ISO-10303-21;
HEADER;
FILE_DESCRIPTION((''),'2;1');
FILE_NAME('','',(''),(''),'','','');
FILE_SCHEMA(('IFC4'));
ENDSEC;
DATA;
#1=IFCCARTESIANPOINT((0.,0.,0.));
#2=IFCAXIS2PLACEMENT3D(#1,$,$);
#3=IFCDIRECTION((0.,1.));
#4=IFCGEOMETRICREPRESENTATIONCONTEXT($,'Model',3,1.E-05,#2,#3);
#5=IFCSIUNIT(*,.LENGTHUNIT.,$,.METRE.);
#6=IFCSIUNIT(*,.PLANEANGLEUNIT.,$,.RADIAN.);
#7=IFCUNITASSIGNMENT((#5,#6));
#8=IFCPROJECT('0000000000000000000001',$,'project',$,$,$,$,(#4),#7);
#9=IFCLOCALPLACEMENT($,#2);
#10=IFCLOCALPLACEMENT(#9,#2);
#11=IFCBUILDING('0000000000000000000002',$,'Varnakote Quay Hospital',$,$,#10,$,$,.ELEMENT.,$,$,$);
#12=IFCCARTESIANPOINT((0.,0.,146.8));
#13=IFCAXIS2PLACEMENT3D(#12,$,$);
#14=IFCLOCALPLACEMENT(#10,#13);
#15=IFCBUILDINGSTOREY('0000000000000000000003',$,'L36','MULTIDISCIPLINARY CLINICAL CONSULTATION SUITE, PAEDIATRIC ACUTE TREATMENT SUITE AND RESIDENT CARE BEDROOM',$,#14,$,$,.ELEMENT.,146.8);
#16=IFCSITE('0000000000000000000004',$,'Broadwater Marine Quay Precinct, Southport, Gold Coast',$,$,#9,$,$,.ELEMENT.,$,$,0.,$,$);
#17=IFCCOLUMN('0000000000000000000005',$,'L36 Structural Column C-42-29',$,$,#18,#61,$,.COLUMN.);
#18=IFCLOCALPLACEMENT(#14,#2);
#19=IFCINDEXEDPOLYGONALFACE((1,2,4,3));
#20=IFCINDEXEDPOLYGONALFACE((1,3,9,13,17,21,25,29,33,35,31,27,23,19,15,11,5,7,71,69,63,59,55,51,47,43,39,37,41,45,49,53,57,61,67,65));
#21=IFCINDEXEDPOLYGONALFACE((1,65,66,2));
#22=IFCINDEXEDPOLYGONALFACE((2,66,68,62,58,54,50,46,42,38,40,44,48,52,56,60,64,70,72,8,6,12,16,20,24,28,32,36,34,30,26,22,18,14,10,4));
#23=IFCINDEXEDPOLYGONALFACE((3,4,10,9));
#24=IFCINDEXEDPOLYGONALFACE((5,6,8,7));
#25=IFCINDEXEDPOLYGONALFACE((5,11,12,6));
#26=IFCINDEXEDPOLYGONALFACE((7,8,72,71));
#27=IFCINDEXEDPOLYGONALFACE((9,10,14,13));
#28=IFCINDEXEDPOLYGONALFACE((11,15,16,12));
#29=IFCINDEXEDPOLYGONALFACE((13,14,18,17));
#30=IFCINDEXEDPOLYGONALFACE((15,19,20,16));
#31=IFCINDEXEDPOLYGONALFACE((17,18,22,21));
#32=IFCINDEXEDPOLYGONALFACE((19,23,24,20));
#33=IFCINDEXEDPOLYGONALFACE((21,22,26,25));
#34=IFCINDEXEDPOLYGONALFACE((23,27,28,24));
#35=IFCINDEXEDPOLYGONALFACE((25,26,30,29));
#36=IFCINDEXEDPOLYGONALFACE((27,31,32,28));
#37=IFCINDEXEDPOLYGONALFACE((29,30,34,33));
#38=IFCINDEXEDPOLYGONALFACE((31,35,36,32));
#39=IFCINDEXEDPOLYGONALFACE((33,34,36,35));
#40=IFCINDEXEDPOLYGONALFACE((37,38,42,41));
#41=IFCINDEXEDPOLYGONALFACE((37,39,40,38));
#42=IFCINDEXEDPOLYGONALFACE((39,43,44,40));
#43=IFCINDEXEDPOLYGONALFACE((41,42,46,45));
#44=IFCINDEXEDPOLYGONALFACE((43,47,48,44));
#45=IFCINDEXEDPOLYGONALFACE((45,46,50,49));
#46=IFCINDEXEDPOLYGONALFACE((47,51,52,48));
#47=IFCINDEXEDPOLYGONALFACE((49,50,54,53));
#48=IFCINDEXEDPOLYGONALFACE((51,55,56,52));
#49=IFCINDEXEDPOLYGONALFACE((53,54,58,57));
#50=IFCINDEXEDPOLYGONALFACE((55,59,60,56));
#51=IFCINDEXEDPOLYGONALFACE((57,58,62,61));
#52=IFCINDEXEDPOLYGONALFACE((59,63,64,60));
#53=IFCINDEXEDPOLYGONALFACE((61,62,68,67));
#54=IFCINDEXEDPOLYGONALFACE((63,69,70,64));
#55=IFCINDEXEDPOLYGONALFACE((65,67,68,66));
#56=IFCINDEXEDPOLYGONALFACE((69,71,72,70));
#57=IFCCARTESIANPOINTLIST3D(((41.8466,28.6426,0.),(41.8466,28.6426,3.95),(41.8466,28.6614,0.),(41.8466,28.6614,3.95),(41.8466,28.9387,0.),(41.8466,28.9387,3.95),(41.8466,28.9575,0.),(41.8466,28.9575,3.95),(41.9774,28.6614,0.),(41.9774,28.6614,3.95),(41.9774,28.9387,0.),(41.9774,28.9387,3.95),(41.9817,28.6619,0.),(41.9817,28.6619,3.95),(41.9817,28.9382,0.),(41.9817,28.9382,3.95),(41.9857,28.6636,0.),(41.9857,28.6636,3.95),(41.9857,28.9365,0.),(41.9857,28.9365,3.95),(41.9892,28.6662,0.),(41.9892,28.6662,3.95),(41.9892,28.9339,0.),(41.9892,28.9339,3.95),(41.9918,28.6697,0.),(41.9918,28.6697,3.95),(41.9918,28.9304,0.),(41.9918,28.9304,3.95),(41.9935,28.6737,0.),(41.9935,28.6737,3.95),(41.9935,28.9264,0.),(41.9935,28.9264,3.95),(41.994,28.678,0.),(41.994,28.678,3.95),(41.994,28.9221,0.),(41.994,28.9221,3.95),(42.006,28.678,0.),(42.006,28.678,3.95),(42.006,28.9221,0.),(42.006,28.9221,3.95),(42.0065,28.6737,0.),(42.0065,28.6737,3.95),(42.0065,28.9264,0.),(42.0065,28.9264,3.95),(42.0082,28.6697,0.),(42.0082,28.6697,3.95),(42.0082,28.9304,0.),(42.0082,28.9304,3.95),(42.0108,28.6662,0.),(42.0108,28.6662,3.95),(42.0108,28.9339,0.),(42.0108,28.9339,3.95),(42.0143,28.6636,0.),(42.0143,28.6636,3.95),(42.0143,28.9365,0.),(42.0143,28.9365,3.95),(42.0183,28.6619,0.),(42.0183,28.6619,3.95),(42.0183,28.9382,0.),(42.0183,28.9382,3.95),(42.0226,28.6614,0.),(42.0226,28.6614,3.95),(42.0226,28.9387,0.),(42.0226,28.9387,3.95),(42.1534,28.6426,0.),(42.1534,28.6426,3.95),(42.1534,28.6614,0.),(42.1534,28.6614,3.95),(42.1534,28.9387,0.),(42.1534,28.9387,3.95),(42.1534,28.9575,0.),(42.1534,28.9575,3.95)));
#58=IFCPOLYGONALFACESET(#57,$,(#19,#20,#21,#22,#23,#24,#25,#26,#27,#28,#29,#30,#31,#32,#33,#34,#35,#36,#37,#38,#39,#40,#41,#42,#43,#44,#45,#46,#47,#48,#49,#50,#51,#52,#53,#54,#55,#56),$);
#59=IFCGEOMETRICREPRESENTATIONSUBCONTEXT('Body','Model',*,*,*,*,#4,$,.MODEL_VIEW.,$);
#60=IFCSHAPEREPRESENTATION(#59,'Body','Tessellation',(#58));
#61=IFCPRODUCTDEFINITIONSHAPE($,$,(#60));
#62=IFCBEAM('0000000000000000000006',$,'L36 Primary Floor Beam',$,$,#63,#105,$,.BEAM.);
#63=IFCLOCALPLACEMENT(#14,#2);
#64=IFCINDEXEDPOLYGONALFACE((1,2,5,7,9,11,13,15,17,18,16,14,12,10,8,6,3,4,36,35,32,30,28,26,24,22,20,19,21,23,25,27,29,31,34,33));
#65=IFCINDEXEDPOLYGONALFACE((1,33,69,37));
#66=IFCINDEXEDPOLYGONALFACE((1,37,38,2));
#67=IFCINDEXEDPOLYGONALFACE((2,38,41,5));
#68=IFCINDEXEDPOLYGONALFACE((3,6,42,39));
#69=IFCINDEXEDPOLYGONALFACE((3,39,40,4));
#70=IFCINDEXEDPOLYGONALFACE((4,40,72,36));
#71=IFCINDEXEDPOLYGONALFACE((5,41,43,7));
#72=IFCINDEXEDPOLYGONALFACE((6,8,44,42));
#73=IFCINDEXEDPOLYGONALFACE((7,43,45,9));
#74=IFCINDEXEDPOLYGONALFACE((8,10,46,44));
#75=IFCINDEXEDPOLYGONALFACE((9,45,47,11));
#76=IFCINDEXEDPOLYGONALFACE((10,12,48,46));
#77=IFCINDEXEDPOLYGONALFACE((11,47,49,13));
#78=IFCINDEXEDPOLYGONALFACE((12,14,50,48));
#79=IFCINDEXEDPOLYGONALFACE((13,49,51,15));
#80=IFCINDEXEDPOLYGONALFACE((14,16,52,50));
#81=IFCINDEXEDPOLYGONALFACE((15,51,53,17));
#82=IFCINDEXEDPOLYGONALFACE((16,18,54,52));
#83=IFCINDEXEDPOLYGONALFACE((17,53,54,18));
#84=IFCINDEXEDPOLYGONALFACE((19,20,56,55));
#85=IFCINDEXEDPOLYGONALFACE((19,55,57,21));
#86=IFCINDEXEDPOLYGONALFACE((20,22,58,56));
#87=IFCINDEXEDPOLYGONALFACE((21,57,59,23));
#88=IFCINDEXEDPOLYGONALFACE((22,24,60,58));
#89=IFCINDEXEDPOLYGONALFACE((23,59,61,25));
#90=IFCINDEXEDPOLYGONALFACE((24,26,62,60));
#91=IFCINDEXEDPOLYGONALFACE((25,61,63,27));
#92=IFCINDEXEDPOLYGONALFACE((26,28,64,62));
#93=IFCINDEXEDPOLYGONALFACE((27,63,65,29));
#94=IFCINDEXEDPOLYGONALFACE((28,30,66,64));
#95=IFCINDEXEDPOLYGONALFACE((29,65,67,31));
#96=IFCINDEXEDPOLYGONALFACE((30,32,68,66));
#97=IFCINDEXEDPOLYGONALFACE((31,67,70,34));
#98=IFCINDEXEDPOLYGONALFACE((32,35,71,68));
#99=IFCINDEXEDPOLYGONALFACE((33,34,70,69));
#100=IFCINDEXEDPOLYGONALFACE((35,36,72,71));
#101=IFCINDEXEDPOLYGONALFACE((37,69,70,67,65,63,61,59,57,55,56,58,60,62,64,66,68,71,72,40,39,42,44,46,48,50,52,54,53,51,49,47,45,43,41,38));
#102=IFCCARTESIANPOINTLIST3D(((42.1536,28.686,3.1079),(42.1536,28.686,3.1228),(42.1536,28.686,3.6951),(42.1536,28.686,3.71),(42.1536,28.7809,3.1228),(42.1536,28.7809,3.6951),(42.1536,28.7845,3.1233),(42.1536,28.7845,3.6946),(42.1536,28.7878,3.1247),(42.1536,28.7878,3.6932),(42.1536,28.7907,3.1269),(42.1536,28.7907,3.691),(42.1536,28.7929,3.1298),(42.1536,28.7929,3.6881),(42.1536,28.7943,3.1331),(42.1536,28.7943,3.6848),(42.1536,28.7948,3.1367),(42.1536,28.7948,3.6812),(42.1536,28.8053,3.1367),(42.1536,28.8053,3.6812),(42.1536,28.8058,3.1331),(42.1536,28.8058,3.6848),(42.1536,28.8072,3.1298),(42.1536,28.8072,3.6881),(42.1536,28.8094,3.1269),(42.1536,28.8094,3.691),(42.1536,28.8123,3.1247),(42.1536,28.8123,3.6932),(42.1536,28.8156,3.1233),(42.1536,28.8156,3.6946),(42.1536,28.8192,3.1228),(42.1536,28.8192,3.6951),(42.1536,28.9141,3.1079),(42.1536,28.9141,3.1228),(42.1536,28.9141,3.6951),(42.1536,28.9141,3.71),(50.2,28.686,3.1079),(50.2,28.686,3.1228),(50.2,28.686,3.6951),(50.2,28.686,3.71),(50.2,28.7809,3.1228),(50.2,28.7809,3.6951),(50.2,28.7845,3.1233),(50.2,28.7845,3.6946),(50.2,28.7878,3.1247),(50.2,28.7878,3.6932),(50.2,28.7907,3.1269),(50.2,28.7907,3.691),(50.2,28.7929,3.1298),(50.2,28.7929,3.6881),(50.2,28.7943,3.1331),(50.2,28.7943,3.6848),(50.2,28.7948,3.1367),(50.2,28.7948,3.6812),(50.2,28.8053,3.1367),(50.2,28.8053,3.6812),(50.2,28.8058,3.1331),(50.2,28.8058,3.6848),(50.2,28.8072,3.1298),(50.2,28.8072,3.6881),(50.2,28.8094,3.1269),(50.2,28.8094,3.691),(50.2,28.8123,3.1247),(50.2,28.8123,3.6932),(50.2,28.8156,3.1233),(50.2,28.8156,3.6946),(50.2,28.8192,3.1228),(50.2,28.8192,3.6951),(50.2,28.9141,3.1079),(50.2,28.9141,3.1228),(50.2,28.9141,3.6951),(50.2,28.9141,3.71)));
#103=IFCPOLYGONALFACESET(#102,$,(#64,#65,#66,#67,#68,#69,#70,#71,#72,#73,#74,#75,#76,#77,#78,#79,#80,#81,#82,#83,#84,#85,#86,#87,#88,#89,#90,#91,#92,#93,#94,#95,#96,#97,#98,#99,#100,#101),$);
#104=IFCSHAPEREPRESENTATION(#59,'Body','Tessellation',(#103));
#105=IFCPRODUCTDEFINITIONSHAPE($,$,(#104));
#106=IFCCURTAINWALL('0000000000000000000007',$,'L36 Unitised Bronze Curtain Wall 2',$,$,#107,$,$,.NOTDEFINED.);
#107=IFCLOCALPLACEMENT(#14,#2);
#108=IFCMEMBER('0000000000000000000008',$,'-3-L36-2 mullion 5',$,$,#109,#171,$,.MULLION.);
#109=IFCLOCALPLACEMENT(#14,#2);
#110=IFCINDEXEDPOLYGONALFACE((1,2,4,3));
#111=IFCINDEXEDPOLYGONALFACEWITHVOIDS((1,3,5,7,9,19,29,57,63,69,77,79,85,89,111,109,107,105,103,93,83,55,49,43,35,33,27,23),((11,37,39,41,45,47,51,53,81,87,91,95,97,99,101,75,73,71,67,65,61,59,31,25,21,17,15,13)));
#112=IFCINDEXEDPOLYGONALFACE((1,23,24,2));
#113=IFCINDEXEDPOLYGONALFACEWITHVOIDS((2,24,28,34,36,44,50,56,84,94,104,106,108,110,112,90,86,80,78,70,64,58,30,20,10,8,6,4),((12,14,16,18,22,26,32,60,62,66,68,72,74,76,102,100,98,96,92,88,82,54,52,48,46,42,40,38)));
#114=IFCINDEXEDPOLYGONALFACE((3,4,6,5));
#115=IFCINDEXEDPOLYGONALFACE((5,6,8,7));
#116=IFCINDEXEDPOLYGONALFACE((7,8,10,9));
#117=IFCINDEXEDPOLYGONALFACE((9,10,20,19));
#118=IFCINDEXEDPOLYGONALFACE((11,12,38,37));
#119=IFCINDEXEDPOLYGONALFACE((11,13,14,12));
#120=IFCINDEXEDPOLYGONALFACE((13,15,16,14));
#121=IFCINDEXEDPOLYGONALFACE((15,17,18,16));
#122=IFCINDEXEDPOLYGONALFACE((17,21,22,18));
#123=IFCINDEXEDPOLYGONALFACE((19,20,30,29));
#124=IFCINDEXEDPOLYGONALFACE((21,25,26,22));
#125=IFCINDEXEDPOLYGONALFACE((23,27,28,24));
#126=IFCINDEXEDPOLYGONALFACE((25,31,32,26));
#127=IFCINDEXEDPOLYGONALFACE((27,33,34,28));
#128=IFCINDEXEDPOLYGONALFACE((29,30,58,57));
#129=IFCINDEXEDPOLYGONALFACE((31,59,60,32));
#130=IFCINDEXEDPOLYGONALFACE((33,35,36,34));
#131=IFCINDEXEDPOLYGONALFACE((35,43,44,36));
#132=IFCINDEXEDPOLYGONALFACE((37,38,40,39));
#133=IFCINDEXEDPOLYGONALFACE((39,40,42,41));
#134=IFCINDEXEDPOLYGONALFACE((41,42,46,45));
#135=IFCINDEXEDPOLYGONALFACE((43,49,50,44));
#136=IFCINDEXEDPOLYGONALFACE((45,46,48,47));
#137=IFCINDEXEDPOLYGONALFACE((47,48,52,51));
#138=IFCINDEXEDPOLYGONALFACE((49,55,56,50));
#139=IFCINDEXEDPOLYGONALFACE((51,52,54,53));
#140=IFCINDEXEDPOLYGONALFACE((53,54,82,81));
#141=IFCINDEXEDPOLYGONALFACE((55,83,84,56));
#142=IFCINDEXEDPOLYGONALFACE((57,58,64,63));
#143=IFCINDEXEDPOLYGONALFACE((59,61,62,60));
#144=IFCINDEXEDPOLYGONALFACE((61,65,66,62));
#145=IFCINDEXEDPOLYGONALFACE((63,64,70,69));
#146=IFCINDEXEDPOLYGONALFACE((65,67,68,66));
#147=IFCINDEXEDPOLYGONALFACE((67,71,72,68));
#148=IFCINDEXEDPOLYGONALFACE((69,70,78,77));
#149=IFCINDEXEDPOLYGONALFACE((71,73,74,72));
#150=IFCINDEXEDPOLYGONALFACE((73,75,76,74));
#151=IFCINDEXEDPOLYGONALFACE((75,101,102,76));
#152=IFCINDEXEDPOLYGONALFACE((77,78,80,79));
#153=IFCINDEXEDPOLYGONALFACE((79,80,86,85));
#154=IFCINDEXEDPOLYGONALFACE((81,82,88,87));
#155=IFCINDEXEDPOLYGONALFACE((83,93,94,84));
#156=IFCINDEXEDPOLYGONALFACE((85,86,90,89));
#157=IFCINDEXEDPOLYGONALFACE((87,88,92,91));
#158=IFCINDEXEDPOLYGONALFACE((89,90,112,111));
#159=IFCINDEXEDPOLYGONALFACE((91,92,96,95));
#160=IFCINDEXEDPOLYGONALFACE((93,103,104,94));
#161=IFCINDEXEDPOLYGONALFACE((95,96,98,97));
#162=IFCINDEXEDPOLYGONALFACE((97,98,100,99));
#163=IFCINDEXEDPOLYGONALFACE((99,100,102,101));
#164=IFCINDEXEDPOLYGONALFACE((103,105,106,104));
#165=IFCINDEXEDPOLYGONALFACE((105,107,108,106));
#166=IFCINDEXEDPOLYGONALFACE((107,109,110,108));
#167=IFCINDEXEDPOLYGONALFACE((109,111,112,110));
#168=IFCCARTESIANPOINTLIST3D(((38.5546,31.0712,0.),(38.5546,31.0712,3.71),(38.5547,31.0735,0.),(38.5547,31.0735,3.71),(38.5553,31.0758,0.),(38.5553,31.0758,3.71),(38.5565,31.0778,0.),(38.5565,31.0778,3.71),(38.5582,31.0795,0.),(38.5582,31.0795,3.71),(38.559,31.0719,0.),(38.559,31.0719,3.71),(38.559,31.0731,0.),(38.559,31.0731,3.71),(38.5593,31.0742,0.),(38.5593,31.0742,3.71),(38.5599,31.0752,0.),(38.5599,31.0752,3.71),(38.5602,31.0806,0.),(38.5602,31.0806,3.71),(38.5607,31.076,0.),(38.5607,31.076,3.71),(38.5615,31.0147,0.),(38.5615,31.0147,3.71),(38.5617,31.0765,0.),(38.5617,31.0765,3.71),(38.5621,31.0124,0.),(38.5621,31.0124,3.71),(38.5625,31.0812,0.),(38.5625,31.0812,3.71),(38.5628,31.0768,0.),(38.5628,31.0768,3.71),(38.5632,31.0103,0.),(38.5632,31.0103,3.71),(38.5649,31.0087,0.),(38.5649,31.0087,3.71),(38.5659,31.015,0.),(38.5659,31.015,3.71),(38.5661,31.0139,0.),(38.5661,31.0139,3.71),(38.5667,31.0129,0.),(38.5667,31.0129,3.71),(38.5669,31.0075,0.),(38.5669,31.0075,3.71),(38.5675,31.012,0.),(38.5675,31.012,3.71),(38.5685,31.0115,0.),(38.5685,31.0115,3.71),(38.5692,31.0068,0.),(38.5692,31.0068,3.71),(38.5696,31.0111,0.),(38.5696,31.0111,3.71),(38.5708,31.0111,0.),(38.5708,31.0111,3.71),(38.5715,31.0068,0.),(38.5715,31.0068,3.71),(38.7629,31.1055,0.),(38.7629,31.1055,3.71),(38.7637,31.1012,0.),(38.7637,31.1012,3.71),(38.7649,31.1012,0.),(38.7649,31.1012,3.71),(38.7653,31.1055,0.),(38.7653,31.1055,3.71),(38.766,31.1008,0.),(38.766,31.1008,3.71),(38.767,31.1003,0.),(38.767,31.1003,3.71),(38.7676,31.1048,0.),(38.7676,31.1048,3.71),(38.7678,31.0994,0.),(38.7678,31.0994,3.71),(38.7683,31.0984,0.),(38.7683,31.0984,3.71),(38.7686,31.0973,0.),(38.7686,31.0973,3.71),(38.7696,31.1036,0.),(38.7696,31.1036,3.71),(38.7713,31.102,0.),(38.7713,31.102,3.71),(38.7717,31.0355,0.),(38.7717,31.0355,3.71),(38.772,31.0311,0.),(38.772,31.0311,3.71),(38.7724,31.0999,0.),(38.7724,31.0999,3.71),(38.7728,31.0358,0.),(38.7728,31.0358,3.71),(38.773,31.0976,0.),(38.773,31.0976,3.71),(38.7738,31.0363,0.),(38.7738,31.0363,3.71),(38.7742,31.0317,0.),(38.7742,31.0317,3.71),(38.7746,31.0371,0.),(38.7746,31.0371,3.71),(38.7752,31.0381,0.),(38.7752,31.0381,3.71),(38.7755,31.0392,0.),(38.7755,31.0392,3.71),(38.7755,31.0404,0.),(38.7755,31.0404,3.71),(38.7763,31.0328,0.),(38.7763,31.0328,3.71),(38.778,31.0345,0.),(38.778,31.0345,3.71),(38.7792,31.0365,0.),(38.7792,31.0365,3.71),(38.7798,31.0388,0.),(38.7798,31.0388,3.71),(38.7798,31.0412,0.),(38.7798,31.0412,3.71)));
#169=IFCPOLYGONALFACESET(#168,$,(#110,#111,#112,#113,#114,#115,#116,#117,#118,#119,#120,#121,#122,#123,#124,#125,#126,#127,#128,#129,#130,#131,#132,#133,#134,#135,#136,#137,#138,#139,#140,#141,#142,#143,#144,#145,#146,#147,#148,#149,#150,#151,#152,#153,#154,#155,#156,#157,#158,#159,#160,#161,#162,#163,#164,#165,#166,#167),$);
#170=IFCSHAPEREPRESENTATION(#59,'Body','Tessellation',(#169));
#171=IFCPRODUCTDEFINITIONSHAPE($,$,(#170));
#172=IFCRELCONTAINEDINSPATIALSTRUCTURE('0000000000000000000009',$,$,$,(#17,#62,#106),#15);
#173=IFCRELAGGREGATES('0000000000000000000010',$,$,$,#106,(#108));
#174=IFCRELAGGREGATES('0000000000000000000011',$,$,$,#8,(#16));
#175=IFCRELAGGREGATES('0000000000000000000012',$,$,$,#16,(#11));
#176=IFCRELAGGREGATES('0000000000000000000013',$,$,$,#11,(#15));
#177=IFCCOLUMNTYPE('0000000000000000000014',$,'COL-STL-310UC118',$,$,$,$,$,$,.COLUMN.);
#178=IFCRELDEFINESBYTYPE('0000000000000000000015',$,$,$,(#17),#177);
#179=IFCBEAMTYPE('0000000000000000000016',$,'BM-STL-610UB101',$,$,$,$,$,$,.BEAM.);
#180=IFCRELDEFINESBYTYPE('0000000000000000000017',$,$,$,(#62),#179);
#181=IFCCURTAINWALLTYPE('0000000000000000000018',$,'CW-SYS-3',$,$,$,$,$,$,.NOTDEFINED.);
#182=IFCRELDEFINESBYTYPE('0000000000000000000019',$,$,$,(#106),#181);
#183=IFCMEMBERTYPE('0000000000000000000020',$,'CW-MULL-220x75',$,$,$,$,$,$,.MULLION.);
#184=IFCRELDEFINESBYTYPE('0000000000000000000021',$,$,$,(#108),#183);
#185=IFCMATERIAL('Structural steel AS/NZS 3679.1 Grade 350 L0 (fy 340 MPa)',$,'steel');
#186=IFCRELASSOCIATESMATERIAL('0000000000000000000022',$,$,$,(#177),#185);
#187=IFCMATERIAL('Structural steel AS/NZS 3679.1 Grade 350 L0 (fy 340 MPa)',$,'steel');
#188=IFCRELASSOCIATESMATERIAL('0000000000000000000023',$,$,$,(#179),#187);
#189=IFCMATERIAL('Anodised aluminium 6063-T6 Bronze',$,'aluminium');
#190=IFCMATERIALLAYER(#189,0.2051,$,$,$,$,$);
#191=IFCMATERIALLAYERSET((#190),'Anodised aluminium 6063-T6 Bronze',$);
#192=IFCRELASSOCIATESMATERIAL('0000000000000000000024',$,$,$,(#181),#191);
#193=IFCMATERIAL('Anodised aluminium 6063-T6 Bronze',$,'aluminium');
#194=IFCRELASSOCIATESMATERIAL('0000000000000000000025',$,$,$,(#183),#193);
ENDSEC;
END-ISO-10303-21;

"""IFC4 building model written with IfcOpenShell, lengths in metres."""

from ifc_helpers import new_model, si_unit, direction, frame, origin, origin_2d, place, context, subcontext, project, spatial, hollow_rectangle, i_section, extrude, material, layer, layer_set, material_profile, profile_set, type_object, element, aggregate, save


model = new_model("IFC4")

# Units and contexts
model_context = context("Model", 3, precision=1e-05, world=origin(), true_north=direction((0.0, 1.0)))
body_context = subcontext(model_context, "Body", "Model", "MODEL_VIEW")
ifc_project = project(units=[si_unit("LENGTHUNIT", "METRE"), si_unit("PLANEANGLEUNIT", "RADIAN")], contexts=[model_context])

# Site, building, storey
site_placement = place(None, origin())
site = spatial("IfcSite", under=ifc_project, at=site_placement, Name="Broadwater Marine Quay Precinct, Southport, Gold Coast", CompositionType="ELEMENT", RefElevation=0.0)
building_placement = place(site_placement, origin())
building = spatial("IfcBuilding", under=site, at=building_placement, Name="Varnakote Quay Hospital", CompositionType="ELEMENT")
storey_placement = place(building_placement, frame((0.0, 0.0, 146.8)))
storey = spatial("IfcBuildingStorey", under=building, at=storey_placement, Name="L36", Description="MULTIDISCIPLINARY CLINICAL CONSULTATION SUITE, PAEDIATRIC ACUTE TREATMENT SUITE AND RESIDENT CARE BEDROOM", CompositionType="ELEMENT", Elevation=146.8)

# Column
ifc_material_1 = material(Name="Structural steel AS/NZS 3679.1 Grade 350 L0 (fy 340 MPa)", Category="steel")
ifc_material_profile_1 = material_profile(ifc_material_1, i_section(OverallWidth=0.3069, OverallDepth=0.3149, WebThickness=0.012, FlangeThickness=0.0188, FilletRadius=0.0166, at=origin_2d()), Name="310UC118")
ifc_profile_set_1 = profile_set([ifc_material_profile_1], Name="Structural steel AS/NZS 3679.1 Grade 350 L0 (fy 340 MPa)")
column_type = type_object("IfcColumnType", Name="COL-STL-310UC118", PredefinedType="COLUMN", material=ifc_profile_set_1)
column_placement = place(storey_placement, frame((42.0, 28.8, 0.0), z_axis=(0.0, 0.0, 1.0), x_axis=(1.0, 0.0, 0.0)))
element("IfcColumn", 1, at=column_placement, inside=storey, type_object=column_type, Name="L36 Structural Column C-42-29", PredefinedType="COLUMN", context=body_context, shape_type="SweptSolid", body=[
    extrude(i_section(OverallWidth=0.3069, OverallDepth=0.3149, WebThickness=0.012, FlangeThickness=0.0188, FilletRadius=0.0166, at=origin_2d()), origin(), (0.0, 0.0, 1.0), 3.95),
])

# Beam
ifc_material_2 = material(Name="Structural steel AS/NZS 3679.1 Grade 350 L0 (fy 340 MPa)", Category="steel")
ifc_material_profile_2 = material_profile(ifc_material_2, i_section(OverallWidth=0.228, OverallDepth=0.6021, WebThickness=0.0105, FlangeThickness=0.0149, FilletRadius=0.0139, at=origin_2d()), Name="610UB101")
ifc_profile_set_2 = profile_set([ifc_material_profile_2], Name="Structural steel AS/NZS 3679.1 Grade 350 L0 (fy 340 MPa)")
beam_type_1 = type_object("IfcBeamType", Name="BM-STL-610UB101", PredefinedType="BEAM", material=ifc_profile_set_2)
beam_1_placement = place(storey_placement, frame((42.1536, 28.8, 3.4089), z_axis=(1.0, 0.0, 0.0), x_axis=(0.0, 1.0, 0.0)))
element("IfcBeam", 2, at=beam_1_placement, inside=storey, type_object=beam_type_1, Name="L36 Primary Floor Beam", PredefinedType="BEAM", context=body_context, shape_type="SweptSolid", body=[
    extrude(i_section(OverallWidth=0.228, OverallDepth=0.6021, WebThickness=0.0105, FlangeThickness=0.0149, FilletRadius=0.0139, at=origin_2d()), origin(), (0.0, 0.0, 1.0), 8.0464),
])

# Curtain wall, member
ifc_material_3 = material(Name="Anodised aluminium 6063-T6 Bronze", Category="aluminium")
ifc_layer_1 = layer(ifc_material_3, 0.2051)
ifc_layer_set_1 = layer_set([ifc_layer_1], Name="Anodised aluminium 6063-T6 Bronze")
curtain_wall_type = type_object("IfcCurtainWallType", Name="CW-SYS-3", PredefinedType="NOTDEFINED", material=ifc_layer_set_1)
curtain_wall_placement = place(storey_placement, origin())
curtain_wall = element("IfcCurtainWall", 3, at=curtain_wall_placement, inside=storey, type_object=curtain_wall_type, Name="L36 Unitised Bronze Curtain Wall 2", PredefinedType="NOTDEFINED")
ifc_material_4 = material(Name="Anodised aluminium 6063-T6 Bronze", Category="aluminium")
ifc_material_profile_3 = material_profile(ifc_material_4, hollow_rectangle(XDim=0.075, YDim=0.22, WallThickness=0.0044, InnerFilletRadius=0.0044, OuterFilletRadius=0.009, at=origin_2d()), Name="CW-MULL-220x75")
ifc_profile_set_3 = profile_set([ifc_material_profile_3], Name="Anodised aluminium 6063-T6 Bronze")
member_type_1 = type_object("IfcMemberType", Name="CW-MULL-220x75", PredefinedType="MULLION", material=ifc_profile_set_3)
member_1_placement = place(storey_placement, frame((38.6672, 31.0562, 0.0), z_axis=(0.0, 0.0, 1.0), x_axis=(0.120327, -0.992734, 0.0)))
member_1 = element("IfcMember", 4, at=member_1_placement, type_object=member_type_1, Name="-3-L36-2 mullion 5", PredefinedType="MULLION", context=body_context, shape_type="SweptSolid", body=[
    extrude(hollow_rectangle(XDim=0.075, YDim=0.22, WallThickness=0.0044, InnerFilletRadius=0.0044, OuterFilletRadius=0.009, at=origin_2d()), origin(), (0.0, 0.0, 1.0), 3.71),
])

aggregate(curtain_wall, [member_1])

save(model, "model.ifc")
